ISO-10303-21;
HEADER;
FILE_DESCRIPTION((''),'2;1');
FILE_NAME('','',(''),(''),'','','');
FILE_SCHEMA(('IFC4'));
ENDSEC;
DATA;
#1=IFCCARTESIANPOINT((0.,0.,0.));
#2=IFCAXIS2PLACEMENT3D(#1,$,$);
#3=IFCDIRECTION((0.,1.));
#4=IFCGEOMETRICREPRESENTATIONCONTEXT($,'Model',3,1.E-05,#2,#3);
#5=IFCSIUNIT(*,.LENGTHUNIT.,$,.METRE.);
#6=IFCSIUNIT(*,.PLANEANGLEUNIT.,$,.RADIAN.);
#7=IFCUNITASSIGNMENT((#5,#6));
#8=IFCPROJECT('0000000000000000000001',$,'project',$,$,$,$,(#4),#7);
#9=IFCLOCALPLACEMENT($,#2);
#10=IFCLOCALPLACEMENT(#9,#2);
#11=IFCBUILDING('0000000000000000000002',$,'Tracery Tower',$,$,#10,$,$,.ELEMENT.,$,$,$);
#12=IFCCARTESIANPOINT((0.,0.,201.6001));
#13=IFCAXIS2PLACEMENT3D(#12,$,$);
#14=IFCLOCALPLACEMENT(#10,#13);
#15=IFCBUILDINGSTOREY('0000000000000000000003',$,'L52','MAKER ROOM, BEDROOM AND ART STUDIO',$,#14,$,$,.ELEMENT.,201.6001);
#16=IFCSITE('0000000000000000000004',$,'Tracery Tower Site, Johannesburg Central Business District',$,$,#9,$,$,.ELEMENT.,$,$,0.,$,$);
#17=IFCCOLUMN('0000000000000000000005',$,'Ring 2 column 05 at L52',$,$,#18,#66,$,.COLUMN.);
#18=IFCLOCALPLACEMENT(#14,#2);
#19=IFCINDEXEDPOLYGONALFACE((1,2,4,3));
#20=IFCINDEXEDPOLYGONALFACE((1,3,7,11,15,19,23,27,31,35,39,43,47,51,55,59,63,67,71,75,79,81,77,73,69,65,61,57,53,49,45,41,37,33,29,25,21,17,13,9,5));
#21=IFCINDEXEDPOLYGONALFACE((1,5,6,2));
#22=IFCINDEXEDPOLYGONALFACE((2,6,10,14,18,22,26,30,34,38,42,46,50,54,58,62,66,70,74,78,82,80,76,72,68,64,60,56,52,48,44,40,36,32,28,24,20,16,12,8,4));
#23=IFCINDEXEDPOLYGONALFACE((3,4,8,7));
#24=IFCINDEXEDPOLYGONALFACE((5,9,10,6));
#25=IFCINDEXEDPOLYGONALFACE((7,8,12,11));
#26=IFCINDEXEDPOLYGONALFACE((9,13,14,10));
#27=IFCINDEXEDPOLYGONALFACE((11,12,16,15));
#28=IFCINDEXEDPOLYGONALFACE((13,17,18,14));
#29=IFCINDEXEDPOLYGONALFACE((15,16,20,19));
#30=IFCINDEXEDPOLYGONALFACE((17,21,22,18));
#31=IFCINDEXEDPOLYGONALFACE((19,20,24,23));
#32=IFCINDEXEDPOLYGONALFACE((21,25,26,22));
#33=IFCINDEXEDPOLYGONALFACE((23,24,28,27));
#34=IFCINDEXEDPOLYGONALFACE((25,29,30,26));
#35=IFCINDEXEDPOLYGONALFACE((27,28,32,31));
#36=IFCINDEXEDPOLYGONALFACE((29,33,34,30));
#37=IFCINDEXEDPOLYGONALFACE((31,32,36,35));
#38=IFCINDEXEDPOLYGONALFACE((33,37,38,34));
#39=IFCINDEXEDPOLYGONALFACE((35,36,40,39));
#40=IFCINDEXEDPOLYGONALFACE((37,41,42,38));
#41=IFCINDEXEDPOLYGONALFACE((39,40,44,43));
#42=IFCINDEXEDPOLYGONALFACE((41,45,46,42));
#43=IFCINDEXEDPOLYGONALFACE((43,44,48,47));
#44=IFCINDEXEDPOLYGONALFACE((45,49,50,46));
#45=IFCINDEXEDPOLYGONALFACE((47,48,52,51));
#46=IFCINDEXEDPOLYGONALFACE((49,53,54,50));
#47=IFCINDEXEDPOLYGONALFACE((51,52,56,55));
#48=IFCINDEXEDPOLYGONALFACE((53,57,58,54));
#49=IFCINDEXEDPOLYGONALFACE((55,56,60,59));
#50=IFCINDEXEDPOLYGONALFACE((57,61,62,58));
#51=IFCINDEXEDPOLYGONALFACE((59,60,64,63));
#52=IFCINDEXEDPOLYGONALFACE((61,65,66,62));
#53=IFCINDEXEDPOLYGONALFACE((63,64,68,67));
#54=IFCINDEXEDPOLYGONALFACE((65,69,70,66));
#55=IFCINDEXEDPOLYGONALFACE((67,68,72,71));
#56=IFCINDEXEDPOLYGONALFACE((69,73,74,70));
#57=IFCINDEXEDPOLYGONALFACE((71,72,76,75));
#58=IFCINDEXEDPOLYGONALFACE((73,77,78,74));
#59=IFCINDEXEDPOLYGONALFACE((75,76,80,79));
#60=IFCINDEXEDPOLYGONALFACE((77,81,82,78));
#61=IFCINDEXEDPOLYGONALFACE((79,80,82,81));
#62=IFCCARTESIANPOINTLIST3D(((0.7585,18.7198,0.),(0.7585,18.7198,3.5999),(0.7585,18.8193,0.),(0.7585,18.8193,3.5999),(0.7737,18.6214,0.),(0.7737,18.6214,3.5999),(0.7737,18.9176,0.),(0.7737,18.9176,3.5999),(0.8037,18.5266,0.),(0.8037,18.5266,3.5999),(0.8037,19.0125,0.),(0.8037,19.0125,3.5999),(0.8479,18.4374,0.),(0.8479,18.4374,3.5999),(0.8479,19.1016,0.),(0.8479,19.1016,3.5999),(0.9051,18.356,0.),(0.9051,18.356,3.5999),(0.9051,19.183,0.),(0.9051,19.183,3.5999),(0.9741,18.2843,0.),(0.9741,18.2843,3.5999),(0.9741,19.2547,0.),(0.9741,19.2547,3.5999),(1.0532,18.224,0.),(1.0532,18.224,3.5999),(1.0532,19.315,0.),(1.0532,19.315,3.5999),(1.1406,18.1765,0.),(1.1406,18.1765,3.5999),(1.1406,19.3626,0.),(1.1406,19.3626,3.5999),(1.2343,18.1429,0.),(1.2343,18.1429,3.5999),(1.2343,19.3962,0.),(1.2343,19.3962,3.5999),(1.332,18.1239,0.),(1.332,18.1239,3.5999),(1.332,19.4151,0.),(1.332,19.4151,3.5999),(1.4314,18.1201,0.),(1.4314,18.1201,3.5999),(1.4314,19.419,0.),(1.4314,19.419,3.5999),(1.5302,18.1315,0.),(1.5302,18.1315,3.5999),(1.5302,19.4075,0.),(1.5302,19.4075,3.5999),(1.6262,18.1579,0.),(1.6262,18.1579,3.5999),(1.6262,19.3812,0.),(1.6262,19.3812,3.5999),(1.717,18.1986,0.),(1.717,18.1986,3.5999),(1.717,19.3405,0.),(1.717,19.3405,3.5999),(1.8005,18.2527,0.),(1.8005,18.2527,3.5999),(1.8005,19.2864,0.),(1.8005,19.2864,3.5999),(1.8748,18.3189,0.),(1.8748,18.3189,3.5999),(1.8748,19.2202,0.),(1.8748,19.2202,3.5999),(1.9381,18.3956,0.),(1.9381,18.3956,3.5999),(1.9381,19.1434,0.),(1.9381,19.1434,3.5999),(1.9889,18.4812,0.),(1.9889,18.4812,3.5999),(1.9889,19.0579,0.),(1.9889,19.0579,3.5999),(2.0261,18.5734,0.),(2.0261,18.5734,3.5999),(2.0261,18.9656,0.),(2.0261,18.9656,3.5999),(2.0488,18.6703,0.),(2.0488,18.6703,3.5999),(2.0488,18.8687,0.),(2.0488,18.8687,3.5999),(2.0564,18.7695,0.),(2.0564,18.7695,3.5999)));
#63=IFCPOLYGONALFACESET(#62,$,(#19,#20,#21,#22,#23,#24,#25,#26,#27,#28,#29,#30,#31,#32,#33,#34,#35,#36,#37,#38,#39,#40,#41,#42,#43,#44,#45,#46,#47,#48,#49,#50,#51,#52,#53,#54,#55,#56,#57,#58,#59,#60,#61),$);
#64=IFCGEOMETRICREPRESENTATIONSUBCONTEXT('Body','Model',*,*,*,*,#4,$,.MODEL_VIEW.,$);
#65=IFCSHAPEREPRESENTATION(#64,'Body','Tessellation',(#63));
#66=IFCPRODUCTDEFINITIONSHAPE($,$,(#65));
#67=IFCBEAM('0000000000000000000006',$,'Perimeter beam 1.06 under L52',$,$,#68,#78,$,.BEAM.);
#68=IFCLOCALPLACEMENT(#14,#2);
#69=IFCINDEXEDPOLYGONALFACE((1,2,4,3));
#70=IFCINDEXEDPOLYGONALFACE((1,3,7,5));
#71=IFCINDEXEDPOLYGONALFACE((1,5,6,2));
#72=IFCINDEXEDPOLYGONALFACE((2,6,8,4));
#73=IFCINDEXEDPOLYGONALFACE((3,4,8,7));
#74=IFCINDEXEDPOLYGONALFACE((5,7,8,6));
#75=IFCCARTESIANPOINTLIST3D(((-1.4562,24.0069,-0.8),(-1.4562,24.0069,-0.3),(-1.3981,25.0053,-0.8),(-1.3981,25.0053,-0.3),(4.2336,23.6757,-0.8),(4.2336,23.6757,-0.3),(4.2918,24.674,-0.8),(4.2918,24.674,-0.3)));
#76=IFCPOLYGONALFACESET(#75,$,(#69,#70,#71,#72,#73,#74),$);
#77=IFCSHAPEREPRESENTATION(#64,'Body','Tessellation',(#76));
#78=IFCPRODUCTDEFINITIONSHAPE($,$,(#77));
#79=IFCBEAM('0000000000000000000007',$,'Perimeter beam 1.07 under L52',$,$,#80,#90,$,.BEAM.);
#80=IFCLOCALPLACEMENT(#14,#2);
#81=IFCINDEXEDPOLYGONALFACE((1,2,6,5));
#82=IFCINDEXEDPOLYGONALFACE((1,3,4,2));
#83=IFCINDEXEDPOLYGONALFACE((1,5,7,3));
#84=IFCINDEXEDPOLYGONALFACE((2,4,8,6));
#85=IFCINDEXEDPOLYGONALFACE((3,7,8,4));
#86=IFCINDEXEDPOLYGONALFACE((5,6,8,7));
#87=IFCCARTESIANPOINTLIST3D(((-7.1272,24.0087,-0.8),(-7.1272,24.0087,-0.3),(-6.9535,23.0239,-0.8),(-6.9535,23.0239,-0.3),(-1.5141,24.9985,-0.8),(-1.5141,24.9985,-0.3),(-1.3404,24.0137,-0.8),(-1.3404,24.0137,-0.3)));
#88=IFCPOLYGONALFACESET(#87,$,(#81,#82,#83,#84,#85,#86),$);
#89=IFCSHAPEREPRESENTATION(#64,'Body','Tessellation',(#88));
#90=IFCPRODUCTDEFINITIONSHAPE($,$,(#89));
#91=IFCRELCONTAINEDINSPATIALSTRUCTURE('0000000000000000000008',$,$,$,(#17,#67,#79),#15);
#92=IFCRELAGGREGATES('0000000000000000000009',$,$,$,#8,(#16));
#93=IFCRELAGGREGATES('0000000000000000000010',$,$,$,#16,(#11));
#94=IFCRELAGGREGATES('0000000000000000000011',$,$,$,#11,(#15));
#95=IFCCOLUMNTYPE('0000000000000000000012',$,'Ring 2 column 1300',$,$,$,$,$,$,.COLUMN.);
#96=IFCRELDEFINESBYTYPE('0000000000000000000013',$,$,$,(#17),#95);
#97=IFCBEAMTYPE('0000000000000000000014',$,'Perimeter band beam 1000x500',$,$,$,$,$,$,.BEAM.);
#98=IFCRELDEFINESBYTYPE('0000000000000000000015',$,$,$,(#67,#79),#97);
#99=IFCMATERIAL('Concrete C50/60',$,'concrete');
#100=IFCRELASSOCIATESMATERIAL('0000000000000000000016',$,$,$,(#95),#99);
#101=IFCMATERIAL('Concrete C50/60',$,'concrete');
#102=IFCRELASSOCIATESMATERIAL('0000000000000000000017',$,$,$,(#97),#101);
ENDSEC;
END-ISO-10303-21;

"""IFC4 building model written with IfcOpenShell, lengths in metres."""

from ifc_helpers import new_model, si_unit, direction, frame, origin, origin_2d, place, context, subcontext, project, spatial, rectangle, circle, extrude, material, material_profile, profile_set, type_object, element, save


model = new_model("IFC4")

# Units and contexts
model_context = context("Model", 3, precision=1e-05, world=origin(), true_north=direction((0.0, 1.0)))
body_context = subcontext(model_context, "Body", "Model", "MODEL_VIEW")
ifc_project = project(units=[si_unit("LENGTHUNIT", "METRE"), si_unit("PLANEANGLEUNIT", "RADIAN")], contexts=[model_context])

# Site, building, storey
site_placement = place(None, origin())
site = spatial("IfcSite", under=ifc_project, at=site_placement, Name="Tracery Tower Site, Johannesburg Central Business District", CompositionType="ELEMENT", RefElevation=0.0)
building_placement = place(site_placement, origin())
building = spatial("IfcBuilding", under=site, at=building_placement, Name="Tracery Tower", CompositionType="ELEMENT")
storey_placement = place(building_placement, frame((0.0, 0.0, 201.6001)))
storey = spatial("IfcBuildingStorey", under=building, at=storey_placement, Name="L52", Description="MAKER ROOM, BEDROOM AND ART STUDIO", CompositionType="ELEMENT", Elevation=201.6001)

# Column
ifc_material_1 = material(Name="Concrete C50/60", Category="concrete")
ifc_material_profile_1 = material_profile(ifc_material_1, circle(Radius=0.6499, at=origin_2d()), Name="RC D1300")
ifc_profile_set_1 = profile_set([ifc_material_profile_1], Name="Concrete C50/60")
column_type_1 = type_object("IfcColumnType", Name="Ring 2 column 1300", PredefinedType="COLUMN", material=ifc_profile_set_1)
for number, where, z_axis, x_axis, name in (
    (1, (1.4065, 18.7695, 0.0), (0.0, 0.0, 1.0), (1.0, 0.0, 0.0), "Ring 2 column 05 at L52"),
):
    element("IfcColumn", number, at=place(storey_placement, frame(where, z_axis=z_axis, x_axis=x_axis)), inside=storey, type_object=column_type_1, Name=name, PredefinedType="COLUMN", context=body_context, shape_type="SweptSolid", body=[
        extrude(circle(Radius=0.6499, at=origin_2d()), origin(), (0.0, 0.0, 1.0), 3.5999),
    ])

# Beams
ifc_material_2 = material(Name="Concrete C50/60", Category="concrete")
ifc_material_profile_2 = material_profile(ifc_material_2, rectangle(XDim=1.0, YDim=0.5, at=origin_2d()), Name="RC 1000x500")
ifc_profile_set_2 = profile_set([ifc_material_profile_2], Name="Concrete C50/60")
beam_type = type_object("IfcBeamType", Name="Perimeter band beam 1000x500", PredefinedType="BEAM", material=ifc_profile_set_2)
beam_1_placement = place(storey_placement, frame((4.2627, 24.1748, -0.55), z_axis=(-0.998309, 0.058127, 0.0), x_axis=(-0.058127, -0.998309, 0.0)))
element("IfcBeam", 2, at=beam_1_placement, inside=storey, type_object=beam_type, Name="Perimeter beam 1.06 under L52", PredefinedType="BEAM", context=body_context, shape_type="SweptSolid", body=[
    extrude(rectangle(XDim=1.0, YDim=0.5, at=origin_2d()), origin(), (0.0, 0.0, 1.0), 5.6995),
])
beam_2_placement = place(storey_placement, frame((-1.4272, 24.5061, -0.55), z_axis=(-0.984807, -0.173651, 0.0), x_axis=(0.173651, -0.984807, 0.0)))
element("IfcBeam", 3, at=beam_2_placement, inside=storey, type_object=beam_type, Name="Perimeter beam 1.07 under L52", PredefinedType="BEAM", context=body_context, shape_type="SweptSolid", body=[
    extrude(rectangle(XDim=1.0, YDim=0.5, at=origin_2d()), origin(), (0.0, 0.0, 1.0), 5.6997),
])

save(model, "model.ifc")
